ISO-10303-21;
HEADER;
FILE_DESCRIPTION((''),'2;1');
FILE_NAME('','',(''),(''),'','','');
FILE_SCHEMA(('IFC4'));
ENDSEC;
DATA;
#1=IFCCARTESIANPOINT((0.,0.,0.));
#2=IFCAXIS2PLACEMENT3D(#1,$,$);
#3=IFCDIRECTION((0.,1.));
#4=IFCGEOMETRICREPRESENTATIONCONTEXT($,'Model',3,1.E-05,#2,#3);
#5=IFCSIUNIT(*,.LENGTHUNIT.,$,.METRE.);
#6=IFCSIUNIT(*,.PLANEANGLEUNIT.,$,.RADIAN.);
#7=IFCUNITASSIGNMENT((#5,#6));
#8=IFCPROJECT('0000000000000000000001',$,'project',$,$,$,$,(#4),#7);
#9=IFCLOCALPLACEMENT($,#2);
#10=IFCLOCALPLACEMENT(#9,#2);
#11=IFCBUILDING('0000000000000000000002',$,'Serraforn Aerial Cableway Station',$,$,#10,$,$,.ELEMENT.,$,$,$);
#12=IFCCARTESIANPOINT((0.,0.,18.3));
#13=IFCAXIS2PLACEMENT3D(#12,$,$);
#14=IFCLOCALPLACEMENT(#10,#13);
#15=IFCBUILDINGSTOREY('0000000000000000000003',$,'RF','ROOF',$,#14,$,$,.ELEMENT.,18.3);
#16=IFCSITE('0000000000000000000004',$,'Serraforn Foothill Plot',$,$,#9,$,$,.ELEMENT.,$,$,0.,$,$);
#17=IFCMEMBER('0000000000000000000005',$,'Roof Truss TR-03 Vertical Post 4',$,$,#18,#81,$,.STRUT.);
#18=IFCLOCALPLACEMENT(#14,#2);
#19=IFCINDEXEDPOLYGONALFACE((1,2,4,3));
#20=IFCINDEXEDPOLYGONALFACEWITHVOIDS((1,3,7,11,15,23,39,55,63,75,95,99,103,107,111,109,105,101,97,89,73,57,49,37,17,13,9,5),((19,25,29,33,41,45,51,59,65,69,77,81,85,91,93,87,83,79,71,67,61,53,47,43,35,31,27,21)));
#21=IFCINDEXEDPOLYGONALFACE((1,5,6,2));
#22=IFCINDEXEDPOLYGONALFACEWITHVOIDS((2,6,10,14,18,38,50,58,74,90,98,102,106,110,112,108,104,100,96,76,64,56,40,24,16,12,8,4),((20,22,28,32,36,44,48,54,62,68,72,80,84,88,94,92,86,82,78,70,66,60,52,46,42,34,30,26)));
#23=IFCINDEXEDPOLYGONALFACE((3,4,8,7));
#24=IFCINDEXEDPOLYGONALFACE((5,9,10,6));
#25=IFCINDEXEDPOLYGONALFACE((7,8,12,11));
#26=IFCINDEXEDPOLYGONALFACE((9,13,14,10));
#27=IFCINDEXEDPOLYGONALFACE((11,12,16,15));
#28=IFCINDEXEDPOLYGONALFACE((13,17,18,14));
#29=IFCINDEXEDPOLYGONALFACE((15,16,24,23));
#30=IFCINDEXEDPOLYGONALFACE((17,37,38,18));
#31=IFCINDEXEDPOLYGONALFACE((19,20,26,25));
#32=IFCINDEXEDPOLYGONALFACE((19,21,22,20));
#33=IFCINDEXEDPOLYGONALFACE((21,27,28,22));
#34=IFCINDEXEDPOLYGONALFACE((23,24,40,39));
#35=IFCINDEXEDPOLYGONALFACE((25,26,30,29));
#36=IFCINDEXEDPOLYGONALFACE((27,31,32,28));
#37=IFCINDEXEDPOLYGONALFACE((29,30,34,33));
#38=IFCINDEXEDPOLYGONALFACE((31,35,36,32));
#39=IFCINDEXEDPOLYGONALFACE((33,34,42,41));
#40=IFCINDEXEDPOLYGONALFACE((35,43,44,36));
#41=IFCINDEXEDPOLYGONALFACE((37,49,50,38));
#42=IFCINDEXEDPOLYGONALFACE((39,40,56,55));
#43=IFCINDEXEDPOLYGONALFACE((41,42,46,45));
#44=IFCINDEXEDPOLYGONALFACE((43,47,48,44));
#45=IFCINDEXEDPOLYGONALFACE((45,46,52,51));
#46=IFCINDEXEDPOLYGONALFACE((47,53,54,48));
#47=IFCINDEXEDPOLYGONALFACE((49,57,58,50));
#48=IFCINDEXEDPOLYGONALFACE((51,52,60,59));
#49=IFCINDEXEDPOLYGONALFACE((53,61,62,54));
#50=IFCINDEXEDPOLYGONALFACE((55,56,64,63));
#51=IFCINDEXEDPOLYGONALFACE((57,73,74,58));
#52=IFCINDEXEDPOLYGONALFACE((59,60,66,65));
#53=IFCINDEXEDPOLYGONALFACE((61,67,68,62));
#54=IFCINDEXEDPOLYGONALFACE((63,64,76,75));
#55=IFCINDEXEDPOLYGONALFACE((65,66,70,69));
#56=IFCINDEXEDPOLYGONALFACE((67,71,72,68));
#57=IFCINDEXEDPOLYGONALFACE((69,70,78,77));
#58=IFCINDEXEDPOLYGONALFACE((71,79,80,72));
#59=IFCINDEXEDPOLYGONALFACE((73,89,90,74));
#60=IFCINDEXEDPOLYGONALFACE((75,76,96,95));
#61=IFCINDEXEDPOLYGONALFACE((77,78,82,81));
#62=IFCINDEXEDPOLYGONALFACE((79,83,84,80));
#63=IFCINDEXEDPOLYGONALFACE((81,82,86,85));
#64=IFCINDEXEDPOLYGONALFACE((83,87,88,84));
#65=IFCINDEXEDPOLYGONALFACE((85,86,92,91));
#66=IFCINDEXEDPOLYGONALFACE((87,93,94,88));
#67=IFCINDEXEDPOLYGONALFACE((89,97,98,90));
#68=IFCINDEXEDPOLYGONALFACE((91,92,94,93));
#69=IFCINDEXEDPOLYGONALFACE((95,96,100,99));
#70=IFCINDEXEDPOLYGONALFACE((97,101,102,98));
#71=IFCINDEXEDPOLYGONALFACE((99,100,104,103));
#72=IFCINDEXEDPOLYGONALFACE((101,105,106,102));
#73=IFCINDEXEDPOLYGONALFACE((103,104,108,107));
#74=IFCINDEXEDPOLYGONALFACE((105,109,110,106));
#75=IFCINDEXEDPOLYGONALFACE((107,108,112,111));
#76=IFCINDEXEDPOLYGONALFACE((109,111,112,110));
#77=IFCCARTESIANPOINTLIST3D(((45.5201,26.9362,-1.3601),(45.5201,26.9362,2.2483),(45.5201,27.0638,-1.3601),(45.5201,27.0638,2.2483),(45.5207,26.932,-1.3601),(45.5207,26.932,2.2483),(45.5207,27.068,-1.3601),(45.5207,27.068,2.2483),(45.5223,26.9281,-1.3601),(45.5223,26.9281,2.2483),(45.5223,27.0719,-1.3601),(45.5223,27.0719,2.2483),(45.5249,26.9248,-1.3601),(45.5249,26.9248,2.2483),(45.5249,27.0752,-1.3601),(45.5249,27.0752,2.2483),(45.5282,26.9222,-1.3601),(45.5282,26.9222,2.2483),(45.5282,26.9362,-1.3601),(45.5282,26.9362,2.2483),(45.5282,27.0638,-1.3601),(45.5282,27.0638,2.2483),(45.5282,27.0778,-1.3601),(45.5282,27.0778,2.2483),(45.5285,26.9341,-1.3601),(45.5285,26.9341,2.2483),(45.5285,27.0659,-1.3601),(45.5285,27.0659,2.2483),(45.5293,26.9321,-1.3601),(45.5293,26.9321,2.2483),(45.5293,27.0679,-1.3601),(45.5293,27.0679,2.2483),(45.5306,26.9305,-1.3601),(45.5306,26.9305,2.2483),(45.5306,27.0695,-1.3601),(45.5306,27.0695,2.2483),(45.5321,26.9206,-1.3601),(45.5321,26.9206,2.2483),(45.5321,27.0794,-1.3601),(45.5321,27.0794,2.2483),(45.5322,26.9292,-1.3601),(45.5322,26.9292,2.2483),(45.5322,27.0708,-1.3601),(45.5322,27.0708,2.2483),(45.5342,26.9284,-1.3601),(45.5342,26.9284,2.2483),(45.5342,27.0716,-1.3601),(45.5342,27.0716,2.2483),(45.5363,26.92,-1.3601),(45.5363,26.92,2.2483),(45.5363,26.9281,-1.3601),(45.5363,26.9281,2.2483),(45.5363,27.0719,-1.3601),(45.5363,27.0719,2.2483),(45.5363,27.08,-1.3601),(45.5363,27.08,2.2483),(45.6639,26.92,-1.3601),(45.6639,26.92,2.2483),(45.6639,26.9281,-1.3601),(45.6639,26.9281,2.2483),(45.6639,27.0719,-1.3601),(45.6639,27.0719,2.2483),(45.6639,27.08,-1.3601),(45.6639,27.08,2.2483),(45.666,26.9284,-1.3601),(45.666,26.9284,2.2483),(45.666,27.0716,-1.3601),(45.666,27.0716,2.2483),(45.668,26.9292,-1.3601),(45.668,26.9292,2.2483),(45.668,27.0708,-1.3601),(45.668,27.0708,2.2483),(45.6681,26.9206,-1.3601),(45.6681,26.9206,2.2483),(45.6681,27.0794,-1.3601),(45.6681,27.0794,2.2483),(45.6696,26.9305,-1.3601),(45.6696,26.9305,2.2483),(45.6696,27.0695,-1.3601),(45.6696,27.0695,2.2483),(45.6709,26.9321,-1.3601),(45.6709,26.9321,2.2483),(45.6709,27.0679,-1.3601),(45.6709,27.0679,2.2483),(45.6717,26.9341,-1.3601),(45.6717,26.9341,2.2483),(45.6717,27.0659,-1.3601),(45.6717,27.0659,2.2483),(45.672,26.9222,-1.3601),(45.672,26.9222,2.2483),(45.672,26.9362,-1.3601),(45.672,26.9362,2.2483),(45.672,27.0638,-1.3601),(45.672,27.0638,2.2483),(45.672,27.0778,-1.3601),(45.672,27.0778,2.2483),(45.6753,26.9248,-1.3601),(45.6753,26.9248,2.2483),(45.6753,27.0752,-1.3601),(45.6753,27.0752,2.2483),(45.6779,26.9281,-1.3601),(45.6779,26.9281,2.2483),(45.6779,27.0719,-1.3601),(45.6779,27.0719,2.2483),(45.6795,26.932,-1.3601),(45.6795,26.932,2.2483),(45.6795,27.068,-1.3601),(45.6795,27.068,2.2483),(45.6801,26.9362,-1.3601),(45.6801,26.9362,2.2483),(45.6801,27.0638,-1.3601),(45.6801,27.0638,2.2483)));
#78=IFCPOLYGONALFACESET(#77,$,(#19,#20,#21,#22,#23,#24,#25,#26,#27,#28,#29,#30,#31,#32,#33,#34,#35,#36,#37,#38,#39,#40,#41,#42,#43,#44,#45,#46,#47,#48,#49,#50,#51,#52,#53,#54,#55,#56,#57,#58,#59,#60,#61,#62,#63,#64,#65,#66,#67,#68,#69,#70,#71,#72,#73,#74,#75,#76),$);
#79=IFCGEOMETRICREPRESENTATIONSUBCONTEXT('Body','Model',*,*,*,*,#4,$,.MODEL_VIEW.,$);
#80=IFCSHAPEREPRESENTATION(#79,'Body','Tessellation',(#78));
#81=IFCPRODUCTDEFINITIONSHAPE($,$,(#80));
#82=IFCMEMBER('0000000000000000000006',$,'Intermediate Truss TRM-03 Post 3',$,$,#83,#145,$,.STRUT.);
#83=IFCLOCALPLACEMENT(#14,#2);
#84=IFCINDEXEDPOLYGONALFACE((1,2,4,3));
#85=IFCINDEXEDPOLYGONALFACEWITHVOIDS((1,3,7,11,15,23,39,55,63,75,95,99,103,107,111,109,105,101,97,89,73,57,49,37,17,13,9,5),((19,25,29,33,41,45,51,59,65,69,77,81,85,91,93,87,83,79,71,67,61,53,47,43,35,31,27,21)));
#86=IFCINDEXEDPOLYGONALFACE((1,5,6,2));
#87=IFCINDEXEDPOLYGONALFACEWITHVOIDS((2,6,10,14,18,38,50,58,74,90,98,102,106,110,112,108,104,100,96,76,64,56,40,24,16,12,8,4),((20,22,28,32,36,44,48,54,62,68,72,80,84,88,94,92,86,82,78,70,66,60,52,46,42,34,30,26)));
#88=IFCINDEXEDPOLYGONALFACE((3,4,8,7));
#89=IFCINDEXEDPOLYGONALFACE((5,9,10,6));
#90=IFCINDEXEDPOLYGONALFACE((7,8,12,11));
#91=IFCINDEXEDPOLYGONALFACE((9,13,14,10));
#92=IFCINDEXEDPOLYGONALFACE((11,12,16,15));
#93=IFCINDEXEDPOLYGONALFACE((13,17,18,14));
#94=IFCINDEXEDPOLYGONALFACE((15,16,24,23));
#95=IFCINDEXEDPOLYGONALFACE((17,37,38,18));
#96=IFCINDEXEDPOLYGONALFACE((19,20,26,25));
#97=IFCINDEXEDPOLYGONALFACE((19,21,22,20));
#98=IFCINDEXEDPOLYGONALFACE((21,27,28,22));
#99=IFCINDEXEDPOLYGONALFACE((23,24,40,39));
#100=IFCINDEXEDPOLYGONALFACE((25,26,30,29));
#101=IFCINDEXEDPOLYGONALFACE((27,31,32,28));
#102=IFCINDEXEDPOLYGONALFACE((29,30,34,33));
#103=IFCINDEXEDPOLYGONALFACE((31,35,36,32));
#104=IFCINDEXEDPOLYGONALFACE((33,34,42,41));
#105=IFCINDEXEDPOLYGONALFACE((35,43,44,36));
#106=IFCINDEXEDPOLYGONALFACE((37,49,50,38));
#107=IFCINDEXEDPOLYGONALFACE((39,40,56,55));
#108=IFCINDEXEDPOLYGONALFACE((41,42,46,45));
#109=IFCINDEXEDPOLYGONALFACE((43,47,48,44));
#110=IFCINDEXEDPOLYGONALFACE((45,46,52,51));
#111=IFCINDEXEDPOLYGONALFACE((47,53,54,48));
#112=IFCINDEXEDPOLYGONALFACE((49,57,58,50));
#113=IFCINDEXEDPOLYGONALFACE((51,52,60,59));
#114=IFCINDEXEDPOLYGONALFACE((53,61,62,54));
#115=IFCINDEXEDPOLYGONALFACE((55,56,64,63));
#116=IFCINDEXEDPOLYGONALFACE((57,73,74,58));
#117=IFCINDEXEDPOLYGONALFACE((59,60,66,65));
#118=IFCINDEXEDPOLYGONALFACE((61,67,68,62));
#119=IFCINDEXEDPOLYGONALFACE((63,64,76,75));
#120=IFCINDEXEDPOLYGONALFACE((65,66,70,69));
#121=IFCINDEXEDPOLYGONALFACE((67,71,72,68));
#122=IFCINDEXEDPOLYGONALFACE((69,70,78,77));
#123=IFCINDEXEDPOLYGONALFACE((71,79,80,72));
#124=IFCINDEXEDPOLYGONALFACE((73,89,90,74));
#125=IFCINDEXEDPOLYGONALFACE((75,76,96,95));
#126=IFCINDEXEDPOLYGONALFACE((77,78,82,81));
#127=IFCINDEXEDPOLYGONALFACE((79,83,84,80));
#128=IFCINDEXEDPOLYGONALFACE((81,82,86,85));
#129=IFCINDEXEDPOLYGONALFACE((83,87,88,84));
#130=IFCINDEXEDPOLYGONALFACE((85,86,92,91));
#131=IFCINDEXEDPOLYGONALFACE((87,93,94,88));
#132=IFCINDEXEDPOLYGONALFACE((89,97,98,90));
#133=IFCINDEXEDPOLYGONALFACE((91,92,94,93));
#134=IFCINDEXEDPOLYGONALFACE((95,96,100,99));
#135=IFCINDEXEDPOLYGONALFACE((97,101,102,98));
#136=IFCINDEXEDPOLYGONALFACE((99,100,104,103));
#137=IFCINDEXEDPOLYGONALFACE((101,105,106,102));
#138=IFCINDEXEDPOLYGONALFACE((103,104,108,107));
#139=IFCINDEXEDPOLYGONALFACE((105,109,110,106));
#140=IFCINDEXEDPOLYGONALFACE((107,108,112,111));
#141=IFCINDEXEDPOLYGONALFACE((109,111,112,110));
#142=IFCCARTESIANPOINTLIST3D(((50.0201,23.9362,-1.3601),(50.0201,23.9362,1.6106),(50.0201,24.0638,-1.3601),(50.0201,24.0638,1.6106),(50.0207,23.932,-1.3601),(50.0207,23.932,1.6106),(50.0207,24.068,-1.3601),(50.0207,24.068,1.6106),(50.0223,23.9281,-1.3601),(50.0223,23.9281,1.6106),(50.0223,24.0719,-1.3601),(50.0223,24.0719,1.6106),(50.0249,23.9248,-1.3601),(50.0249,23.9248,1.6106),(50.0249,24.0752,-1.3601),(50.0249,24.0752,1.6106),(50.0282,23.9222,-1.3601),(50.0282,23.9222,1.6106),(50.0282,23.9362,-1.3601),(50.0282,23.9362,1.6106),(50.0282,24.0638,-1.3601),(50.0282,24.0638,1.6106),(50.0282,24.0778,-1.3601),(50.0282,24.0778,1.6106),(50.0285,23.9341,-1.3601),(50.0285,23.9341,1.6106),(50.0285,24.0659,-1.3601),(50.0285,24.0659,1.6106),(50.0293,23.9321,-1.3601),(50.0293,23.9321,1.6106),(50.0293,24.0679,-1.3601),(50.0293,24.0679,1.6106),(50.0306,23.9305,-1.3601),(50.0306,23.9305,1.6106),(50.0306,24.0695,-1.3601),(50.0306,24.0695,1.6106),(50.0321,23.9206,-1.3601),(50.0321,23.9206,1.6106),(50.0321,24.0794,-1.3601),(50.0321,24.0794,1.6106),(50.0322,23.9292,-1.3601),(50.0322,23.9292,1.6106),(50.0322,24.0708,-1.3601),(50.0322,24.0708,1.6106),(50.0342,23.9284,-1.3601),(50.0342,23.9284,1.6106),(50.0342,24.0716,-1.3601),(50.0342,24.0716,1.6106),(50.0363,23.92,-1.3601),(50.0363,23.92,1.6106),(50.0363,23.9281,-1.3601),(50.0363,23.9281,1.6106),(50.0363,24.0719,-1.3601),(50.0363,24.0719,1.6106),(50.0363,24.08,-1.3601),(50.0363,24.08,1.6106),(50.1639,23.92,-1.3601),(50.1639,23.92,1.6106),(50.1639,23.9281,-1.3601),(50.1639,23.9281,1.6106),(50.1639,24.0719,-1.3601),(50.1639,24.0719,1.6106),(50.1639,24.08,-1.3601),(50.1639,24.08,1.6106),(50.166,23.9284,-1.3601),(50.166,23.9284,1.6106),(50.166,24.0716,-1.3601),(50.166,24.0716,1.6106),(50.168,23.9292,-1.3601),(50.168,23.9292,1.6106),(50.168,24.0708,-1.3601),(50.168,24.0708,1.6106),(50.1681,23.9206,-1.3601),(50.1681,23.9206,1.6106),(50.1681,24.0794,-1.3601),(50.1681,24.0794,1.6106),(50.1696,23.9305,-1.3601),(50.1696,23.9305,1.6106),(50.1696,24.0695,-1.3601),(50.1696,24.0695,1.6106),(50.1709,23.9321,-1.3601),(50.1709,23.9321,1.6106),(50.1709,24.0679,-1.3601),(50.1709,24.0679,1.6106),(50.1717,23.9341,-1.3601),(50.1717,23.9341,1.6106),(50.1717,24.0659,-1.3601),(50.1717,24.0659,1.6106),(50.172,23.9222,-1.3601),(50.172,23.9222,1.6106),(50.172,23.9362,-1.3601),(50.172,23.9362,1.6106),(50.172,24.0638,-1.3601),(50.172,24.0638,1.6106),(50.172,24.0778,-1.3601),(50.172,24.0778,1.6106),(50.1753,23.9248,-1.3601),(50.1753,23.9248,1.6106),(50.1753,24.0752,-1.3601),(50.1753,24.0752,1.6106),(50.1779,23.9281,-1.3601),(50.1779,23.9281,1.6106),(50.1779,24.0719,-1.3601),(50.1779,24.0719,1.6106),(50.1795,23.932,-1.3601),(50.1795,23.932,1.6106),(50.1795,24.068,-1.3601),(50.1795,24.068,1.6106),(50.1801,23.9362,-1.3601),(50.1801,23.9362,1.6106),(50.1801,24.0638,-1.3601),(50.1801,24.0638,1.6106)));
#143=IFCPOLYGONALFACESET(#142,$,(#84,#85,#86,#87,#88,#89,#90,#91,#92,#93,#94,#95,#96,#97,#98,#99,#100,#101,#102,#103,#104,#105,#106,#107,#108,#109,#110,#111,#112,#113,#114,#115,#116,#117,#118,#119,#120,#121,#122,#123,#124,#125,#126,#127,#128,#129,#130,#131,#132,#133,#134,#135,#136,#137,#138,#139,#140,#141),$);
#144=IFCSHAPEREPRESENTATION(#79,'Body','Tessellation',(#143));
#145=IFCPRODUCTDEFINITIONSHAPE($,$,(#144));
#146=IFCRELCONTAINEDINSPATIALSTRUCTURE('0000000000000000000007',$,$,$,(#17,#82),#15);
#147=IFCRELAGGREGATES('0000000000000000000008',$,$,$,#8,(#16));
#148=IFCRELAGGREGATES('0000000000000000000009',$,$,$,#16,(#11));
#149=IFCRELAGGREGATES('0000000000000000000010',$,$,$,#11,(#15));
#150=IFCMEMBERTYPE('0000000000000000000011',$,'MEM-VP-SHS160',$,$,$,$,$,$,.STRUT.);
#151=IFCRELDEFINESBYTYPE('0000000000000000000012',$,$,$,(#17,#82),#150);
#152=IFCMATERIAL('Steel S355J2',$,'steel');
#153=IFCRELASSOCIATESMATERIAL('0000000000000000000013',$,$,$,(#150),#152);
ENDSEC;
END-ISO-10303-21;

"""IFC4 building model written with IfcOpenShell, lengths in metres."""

from ifc_helpers import new_model, si_unit, direction, frame, origin, origin_2d, place, context, subcontext, project, spatial, hollow_rectangle, extrude, material, material_profile, profile_set, type_object, element, save


model = new_model("IFC4")

# Units and contexts
model_context = context("Model", 3, precision=1e-05, world=origin(), true_north=direction((0.0, 1.0)))
body_context = subcontext(model_context, "Body", "Model", "MODEL_VIEW")
ifc_project = project(units=[si_unit("LENGTHUNIT", "METRE"), si_unit("PLANEANGLEUNIT", "RADIAN")], contexts=[model_context])

# Site, building, storey
site_placement = place(None, origin())
site = spatial("IfcSite", under=ifc_project, at=site_placement, Name="Serraforn Foothill Plot", CompositionType="ELEMENT", RefElevation=0.0)
building_placement = place(site_placement, origin())
building = spatial("IfcBuilding", under=site, at=building_placement, Name="Serraforn Aerial Cableway Station", CompositionType="ELEMENT")
storey_placement = place(building_placement, frame((0.0, 0.0, 18.3)))
storey = spatial("IfcBuildingStorey", under=building, at=storey_placement, Name="RF", Description="ROOF", CompositionType="ELEMENT", Elevation=18.3)

# Members
ifc_material_1 = material(Name="Steel S355J2", Category="steel")
ifc_material_profile_1 = material_profile(ifc_material_1, hollow_rectangle(XDim=0.1599, YDim=0.1599, WallThickness=0.0081, InnerFilletRadius=0.0081, OuterFilletRadius=0.0161, at=origin_2d()), Name="SHS 160x160x8.0")
ifc_profile_set_1 = profile_set([ifc_material_profile_1], Name="Steel S355J2")
member_type_1 = type_object("IfcMemberType", Name="MEM-VP-SHS160", PredefinedType="STRUT", material=ifc_profile_set_1)
member_1_placement = place(storey_placement, frame((45.6001, 27.0, -1.3601), z_axis=(0.0, 0.0, 1.0), x_axis=(1.0, 0.0, 0.0)))
element("IfcMember", 1, at=member_1_placement, inside=storey, type_object=member_type_1, Name="Roof Truss TR-03 Vertical Post 4", PredefinedType="STRUT", context=body_context, shape_type="SweptSolid", body=[
    extrude(hollow_rectangle(XDim=0.1599, YDim=0.1599, WallThickness=0.0081, InnerFilletRadius=0.0081, OuterFilletRadius=0.0161, at=origin_2d()), origin(), (0.0, 0.0, 1.0), 3.6084),
])
member_2_placement = place(storey_placement, frame((50.1001, 24.0, -1.3601), z_axis=(0.0, 0.0, 1.0), x_axis=(1.0, 0.0, 0.0)))
element("IfcMember", 2, at=member_2_placement, inside=storey, type_object=member_type_1, Name="Intermediate Truss TRM-03 Post 3", PredefinedType="STRUT", context=body_context, shape_type="SweptSolid", body=[
    extrude(hollow_rectangle(XDim=0.1599, YDim=0.1599, WallThickness=0.0081, InnerFilletRadius=0.0081, OuterFilletRadius=0.0161, at=origin_2d()), origin(), (0.0, 0.0, 1.0), 2.9707),
])

save(model, "model.ifc")
